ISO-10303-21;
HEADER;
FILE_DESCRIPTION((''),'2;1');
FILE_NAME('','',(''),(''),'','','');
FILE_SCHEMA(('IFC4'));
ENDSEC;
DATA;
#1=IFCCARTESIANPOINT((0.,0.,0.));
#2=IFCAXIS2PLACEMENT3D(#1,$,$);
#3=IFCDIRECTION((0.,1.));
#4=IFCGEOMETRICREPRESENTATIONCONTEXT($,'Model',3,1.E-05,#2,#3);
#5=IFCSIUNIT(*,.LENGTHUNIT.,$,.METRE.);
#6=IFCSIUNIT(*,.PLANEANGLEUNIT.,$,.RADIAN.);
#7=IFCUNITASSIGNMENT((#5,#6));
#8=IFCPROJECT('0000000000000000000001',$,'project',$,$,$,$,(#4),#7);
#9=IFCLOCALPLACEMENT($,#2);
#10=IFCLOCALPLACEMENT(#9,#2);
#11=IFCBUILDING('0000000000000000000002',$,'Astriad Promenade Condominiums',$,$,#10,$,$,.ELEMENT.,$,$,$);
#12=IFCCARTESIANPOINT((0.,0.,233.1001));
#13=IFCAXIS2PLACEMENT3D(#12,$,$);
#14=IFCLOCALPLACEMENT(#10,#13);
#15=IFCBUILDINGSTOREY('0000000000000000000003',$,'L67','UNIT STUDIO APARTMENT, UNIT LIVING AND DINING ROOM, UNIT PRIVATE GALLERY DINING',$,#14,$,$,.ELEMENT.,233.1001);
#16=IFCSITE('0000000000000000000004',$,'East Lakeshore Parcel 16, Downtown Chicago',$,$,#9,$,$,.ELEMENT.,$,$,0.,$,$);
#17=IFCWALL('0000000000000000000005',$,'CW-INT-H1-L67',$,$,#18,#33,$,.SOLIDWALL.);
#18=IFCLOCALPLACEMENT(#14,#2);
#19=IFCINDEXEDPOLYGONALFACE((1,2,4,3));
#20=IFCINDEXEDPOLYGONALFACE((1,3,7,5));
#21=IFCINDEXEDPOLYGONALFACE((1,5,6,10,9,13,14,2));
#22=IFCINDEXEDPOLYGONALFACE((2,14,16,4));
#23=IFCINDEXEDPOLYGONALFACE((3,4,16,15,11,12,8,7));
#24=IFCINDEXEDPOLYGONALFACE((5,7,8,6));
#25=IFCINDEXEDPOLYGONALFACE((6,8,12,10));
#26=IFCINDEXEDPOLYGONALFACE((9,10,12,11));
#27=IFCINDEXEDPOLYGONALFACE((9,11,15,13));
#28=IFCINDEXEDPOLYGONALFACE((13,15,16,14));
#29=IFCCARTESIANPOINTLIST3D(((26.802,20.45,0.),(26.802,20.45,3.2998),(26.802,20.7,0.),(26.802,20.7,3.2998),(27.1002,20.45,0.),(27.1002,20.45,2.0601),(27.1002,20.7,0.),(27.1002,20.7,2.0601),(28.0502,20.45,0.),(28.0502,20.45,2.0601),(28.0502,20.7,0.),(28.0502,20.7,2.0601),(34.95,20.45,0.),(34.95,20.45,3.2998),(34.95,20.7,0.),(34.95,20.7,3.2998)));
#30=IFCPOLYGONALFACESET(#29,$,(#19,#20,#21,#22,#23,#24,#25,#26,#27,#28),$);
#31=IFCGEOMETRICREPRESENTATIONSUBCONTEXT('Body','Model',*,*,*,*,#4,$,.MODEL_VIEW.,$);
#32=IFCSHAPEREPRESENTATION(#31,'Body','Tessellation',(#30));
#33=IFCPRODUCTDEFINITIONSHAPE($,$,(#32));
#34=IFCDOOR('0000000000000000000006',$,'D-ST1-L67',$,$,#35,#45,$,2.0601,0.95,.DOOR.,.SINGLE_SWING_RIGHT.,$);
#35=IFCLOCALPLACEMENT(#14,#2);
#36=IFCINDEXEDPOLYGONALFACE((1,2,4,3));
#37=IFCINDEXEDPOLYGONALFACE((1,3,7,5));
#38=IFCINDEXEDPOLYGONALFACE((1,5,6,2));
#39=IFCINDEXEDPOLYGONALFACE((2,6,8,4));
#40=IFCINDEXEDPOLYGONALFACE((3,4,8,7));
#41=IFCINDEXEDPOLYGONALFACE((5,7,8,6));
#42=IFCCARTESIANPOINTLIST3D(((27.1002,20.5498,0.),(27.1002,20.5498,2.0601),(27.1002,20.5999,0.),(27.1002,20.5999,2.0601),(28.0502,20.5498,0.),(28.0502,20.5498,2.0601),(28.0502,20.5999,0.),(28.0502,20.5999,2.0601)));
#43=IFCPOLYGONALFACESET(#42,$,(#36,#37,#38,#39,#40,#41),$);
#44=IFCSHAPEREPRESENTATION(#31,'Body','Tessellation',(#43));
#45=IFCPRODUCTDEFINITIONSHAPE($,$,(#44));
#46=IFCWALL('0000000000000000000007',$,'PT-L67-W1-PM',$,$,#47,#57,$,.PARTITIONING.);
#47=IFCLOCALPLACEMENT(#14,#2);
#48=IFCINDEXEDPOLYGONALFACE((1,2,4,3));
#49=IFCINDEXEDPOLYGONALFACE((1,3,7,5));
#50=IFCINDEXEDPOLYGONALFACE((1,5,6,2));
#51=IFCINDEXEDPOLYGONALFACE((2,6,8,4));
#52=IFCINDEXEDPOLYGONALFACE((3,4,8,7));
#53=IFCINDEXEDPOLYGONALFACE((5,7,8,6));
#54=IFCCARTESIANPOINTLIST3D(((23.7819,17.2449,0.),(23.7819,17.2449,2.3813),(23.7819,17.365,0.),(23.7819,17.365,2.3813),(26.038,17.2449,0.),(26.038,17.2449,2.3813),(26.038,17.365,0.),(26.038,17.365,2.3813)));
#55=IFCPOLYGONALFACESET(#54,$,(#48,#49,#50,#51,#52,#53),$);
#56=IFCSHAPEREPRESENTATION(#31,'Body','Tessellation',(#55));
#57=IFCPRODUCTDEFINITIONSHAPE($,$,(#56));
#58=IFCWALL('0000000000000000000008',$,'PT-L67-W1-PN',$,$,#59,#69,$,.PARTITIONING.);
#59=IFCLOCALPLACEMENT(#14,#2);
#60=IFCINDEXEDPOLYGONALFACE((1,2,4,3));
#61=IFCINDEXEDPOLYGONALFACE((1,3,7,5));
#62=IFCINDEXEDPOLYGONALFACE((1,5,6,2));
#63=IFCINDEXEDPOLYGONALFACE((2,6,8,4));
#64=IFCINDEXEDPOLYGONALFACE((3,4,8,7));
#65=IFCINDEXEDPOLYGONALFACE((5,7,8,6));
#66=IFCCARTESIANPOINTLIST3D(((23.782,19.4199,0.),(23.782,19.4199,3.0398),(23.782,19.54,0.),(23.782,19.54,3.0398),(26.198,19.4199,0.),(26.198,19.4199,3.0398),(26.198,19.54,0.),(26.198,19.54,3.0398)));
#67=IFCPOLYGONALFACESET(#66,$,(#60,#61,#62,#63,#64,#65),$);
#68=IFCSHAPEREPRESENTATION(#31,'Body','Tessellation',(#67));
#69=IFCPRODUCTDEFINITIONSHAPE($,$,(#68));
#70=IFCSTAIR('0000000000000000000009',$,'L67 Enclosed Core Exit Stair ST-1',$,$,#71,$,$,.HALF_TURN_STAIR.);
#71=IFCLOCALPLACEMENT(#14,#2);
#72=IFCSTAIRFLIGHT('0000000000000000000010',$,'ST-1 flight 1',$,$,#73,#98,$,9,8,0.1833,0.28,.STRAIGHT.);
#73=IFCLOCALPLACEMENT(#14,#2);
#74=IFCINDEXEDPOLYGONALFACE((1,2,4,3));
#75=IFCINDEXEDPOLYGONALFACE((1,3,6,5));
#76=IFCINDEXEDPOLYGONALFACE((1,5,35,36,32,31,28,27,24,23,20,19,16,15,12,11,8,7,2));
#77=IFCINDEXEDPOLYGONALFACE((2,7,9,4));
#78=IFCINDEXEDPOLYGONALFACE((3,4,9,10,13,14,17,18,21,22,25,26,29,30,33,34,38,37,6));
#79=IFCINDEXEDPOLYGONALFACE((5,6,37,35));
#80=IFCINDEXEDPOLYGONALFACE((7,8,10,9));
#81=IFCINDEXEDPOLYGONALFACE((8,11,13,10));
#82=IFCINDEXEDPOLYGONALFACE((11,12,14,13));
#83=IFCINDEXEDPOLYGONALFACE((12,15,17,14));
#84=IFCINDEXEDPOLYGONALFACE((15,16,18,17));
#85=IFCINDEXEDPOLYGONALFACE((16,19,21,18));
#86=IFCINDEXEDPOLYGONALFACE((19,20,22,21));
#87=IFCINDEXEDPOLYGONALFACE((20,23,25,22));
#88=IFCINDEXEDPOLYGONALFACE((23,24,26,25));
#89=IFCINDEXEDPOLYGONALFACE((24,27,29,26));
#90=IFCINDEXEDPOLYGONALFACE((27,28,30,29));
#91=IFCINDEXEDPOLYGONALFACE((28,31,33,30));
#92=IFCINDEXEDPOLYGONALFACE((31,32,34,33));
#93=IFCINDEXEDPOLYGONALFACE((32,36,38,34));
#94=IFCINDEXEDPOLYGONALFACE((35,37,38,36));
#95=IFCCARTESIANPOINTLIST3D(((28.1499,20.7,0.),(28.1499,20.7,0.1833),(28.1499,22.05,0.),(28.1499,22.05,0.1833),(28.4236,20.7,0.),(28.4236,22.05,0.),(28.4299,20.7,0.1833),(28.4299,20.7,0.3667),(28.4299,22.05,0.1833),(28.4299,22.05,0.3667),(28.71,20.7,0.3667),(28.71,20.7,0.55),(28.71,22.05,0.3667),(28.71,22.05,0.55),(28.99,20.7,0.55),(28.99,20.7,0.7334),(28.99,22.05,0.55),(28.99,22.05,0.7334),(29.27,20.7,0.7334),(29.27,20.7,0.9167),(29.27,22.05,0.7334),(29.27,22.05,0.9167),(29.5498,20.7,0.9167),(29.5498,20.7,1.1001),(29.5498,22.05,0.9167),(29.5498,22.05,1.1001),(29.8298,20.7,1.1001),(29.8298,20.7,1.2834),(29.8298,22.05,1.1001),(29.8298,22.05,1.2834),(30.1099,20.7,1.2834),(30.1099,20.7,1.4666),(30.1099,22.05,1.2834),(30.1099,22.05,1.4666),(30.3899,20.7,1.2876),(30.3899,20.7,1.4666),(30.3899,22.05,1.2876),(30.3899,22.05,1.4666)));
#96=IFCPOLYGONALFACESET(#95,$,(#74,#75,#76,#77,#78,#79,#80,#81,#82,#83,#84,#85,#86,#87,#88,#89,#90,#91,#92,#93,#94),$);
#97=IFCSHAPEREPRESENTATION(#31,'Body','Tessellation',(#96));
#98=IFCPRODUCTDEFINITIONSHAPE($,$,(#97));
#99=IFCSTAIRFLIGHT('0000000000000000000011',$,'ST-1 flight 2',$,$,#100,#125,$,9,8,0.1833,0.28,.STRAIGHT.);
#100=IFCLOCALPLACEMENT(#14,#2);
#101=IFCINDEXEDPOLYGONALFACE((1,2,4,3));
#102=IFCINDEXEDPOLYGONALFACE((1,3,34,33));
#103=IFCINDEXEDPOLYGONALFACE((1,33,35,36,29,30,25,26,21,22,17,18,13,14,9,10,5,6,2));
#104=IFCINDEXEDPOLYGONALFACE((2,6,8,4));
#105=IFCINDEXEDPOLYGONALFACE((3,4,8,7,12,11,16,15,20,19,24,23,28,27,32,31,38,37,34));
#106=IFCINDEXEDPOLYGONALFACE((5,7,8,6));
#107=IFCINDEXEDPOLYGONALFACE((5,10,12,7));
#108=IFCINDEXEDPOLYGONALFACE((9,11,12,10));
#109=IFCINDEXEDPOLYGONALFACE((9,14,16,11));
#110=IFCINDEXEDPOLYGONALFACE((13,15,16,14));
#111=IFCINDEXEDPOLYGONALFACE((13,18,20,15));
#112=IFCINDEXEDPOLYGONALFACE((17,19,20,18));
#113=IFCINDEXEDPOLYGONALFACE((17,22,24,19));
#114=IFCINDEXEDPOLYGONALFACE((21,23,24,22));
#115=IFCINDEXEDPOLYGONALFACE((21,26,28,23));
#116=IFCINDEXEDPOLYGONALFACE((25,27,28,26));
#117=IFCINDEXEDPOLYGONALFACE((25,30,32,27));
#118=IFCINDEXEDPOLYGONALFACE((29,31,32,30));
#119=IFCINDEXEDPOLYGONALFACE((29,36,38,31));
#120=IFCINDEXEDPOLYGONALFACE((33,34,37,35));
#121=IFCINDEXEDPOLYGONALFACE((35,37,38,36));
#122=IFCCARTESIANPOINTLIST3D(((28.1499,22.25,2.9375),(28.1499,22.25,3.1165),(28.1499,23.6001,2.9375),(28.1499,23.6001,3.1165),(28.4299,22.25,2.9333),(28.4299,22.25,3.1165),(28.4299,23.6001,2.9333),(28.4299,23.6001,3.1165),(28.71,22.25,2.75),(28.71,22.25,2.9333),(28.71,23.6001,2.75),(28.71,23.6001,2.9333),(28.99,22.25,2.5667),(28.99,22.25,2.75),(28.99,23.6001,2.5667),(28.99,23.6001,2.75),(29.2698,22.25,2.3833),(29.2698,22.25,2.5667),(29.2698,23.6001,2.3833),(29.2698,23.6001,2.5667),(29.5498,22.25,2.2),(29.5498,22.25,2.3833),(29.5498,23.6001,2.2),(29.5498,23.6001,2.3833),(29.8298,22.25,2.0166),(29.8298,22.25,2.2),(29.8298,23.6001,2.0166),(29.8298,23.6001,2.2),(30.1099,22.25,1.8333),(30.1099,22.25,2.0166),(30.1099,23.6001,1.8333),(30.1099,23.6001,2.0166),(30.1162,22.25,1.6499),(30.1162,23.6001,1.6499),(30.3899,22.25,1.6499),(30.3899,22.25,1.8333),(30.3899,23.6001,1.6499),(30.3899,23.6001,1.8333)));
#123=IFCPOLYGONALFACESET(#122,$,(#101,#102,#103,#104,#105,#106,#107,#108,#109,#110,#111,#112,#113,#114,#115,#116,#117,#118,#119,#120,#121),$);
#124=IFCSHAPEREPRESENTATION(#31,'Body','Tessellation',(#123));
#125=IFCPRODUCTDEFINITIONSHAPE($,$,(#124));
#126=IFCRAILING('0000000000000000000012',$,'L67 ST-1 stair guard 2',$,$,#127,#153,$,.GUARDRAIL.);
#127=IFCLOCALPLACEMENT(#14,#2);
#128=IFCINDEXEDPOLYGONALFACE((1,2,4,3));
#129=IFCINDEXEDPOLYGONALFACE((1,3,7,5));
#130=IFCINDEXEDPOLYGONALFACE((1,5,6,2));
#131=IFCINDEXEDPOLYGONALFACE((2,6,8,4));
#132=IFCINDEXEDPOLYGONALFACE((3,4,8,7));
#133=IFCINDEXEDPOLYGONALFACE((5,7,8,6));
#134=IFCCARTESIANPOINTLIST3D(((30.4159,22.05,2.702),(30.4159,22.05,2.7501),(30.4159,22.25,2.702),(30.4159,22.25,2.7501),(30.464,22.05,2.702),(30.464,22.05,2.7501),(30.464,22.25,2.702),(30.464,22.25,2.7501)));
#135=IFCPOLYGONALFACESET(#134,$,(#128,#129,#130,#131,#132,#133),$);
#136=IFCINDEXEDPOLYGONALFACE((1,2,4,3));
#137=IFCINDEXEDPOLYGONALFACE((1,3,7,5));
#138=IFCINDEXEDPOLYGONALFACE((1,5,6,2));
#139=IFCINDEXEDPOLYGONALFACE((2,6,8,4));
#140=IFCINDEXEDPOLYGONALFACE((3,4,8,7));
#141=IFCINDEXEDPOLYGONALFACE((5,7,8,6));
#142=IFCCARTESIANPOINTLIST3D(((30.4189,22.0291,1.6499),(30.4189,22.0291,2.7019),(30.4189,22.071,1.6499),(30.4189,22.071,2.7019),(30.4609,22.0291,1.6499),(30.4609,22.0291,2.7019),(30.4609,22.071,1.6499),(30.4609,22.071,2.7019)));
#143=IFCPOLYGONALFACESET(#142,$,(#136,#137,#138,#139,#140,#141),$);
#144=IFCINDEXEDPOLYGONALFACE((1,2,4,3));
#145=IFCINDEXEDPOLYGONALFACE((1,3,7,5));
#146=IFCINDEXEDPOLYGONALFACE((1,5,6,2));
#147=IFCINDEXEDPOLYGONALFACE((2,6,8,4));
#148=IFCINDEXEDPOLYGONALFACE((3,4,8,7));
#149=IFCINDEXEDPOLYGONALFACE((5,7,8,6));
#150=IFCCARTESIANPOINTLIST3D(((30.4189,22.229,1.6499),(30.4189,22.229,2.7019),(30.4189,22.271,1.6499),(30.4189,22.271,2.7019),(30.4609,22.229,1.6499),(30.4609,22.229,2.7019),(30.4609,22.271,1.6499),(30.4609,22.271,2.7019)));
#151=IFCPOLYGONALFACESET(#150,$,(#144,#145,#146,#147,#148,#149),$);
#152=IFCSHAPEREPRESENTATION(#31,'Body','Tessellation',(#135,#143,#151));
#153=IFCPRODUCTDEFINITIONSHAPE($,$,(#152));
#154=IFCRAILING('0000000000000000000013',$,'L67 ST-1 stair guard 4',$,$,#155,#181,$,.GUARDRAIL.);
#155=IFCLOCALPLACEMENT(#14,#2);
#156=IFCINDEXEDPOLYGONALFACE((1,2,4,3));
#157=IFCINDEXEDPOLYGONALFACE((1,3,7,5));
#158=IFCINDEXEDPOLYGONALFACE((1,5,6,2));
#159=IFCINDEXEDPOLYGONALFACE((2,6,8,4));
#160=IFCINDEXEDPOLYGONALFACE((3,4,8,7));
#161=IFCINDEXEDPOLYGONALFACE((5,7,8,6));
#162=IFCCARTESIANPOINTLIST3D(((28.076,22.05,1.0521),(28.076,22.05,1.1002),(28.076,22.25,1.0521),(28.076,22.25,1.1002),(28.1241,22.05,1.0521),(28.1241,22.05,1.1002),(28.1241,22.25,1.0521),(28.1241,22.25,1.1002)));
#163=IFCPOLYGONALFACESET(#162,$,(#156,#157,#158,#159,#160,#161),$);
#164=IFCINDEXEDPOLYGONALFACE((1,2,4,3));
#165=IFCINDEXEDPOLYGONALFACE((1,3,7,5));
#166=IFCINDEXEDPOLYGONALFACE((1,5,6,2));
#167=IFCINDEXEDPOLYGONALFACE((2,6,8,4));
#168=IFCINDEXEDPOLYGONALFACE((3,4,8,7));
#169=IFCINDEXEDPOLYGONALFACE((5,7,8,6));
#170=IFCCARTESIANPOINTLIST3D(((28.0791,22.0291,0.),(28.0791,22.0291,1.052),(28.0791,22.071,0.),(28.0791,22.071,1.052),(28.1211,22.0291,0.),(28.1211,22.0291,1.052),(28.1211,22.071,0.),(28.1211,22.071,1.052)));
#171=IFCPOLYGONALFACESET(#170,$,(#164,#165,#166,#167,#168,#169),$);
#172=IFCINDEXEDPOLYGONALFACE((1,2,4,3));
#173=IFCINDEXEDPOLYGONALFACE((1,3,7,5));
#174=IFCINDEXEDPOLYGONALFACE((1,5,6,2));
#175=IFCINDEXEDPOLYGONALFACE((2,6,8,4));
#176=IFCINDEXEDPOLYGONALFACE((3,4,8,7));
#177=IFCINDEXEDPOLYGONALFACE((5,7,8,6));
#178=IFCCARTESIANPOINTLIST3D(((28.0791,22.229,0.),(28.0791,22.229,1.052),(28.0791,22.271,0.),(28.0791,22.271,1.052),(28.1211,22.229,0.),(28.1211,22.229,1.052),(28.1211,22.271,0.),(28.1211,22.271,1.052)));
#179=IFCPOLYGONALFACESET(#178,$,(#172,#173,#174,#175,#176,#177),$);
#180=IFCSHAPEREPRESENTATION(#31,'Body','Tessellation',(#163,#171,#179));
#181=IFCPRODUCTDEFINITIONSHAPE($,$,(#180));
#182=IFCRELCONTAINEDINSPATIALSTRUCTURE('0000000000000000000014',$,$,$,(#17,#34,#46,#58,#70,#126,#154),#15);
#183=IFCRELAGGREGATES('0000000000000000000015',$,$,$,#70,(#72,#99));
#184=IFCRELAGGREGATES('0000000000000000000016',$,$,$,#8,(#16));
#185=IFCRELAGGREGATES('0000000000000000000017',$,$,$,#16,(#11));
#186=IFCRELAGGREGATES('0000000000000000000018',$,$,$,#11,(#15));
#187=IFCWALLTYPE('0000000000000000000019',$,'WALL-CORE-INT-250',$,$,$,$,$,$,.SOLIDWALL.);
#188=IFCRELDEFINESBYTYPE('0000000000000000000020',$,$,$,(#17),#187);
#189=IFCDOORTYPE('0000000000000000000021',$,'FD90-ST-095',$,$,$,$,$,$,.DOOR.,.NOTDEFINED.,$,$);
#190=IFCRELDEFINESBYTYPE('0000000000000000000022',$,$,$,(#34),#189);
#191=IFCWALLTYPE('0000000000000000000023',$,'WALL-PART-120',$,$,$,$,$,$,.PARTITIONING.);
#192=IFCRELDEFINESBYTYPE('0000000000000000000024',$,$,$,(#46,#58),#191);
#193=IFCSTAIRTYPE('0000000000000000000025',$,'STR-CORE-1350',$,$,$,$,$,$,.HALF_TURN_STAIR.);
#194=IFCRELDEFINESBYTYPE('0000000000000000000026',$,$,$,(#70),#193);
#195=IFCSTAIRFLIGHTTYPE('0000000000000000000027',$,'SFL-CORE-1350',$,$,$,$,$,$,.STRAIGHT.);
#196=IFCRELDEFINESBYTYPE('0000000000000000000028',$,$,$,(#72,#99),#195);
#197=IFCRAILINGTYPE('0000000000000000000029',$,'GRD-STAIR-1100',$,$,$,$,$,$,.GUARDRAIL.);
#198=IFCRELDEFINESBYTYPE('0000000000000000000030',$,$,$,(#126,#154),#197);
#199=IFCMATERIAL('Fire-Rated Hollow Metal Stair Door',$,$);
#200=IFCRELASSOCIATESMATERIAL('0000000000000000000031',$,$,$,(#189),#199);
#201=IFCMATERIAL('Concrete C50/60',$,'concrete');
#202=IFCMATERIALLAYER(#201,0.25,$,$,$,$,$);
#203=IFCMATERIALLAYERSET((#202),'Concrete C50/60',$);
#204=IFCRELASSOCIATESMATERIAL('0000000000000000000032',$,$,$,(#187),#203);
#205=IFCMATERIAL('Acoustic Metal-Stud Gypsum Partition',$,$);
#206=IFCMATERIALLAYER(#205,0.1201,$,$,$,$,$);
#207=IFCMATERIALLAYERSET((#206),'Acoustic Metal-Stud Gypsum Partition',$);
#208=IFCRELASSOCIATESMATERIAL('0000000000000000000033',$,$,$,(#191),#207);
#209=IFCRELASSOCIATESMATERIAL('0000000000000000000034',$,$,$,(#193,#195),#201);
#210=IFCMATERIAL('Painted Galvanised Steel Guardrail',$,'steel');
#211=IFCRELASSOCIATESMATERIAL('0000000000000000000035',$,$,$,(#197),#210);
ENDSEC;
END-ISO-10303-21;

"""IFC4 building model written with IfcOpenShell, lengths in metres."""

from ifc_helpers import new_model, si_unit, direction, frame, frame_2d, origin, origin_2d, place, context, subcontext, project, spatial, polyline, rectangle, outline, extrude, source, transform, mapped, material, layer, layer_set, type_object, type_shapes, element, fill, aggregate, save


model = new_model("IFC4")

# Units and contexts
model_context = context("Model", 3, precision=1e-05, world=origin(), true_north=direction((0.0, 1.0)))
body_context = subcontext(model_context, "Body", "Model", "MODEL_VIEW")
ifc_project = project(units=[si_unit("LENGTHUNIT", "METRE"), si_unit("PLANEANGLEUNIT", "RADIAN")], contexts=[model_context])

# Site, building, storey
site_placement = place(None, origin())
site = spatial("IfcSite", under=ifc_project, at=site_placement, Name="East Lakeshore Parcel 16, Downtown Chicago", CompositionType="ELEMENT", RefElevation=0.0)
building_placement = place(site_placement, origin())
building = spatial("IfcBuilding", under=site, at=building_placement, Name="Astriad Promenade Condominiums", CompositionType="ELEMENT")
storey_placement = place(building_placement, frame((0.0, 0.0, 233.1001)))
storey = spatial("IfcBuildingStorey", under=building, at=storey_placement, Name="L67", Description="UNIT STUDIO APARTMENT, UNIT LIVING AND DINING ROOM, UNIT PRIVATE GALLERY DINING", CompositionType="ELEMENT", Elevation=233.1001)

# Shared definitions
ifc_material_1 = material(Name="Concrete C50/60", Category="concrete")
ifc_material_2 = material(Name="Fire-Rated Hollow Metal Stair Door")
door_type_1 = type_object("IfcDoorType", Name="FD90-ST-095", OperationType="NOTDEFINED", PredefinedType="DOOR", material=ifc_material_2)
shared_shape_1 = source(origin(), body_context, "Body", "SweptSolid", [
    extrude(rectangle(XDim=0.95, YDim=2.0601, at=frame_2d((0.4751, 1.03))), frame((0.0, 0.0249, 0.0), z_axis=(0.0, -1.0, 0.0), x_axis=(1.0, 0.0, 0.0)), (0.0, 0.0, 1.0), 0.05),
])
type_shapes(door_type_1, [shared_shape_1])

# Wall, opening, door
ifc_layer_1 = layer(ifc_material_1, 0.25)
ifc_layer_set_1 = layer_set([ifc_layer_1], Name="Concrete C50/60")
wall_type_1 = type_object("IfcWallType", Name="WALL-CORE-INT-250", PredefinedType="SOLIDWALL", material=ifc_layer_set_1)
wall_1_placement = place(storey_placement, frame((26.802, 20.575, 0.0), z_axis=(0.0, 0.0, 1.0), x_axis=(1.0, 0.0, 0.0)))
wall_1 = element("IfcWall", 1, at=wall_1_placement, inside=storey, type_object=wall_type_1, Name="CW-INT-H1-L67", PredefinedType="SOLIDWALL", context=body_context, shape_type="SweptSolid", body=[
    extrude(rectangle(XDim=8.1479, YDim=0.25, at=frame_2d((4.074, 0.0))), origin(), (0.0, 0.0, 1.0), 3.2998),
])
opening_1_placement = place(wall_1_placement, frame((0.2981, 0.0, 0.0)))
opening_1 = element("IfcOpeningElement", 2, at=opening_1_placement, cuts=wall_1, PredefinedType="OPENING", context=body_context, shape_type="SweptSolid", body=[
    extrude(rectangle(XDim=0.95, YDim=2.0601, at=frame_2d((0.4751, 1.03))), frame((0.0, 0.135, 0.0), z_axis=(0.0, -1.0, 0.0), x_axis=(1.0, 0.0, 0.0)), (0.0, 0.0, 1.0), 0.27),
])
door_1_placement = place(opening_1_placement, origin())
door_1 = element("IfcDoor", 3, at=door_1_placement, inside=storey, type_object=door_type_1, Name="D-ST1-L67", OperationType="SINGLE_SWING_RIGHT", OverallHeight=2.0601, OverallWidth=0.95, PredefinedType="DOOR", context=body_context, shape_type="MappedRepresentation", body=[
    mapped(shared_shape_1, transform((0.0, 0.0, 0.0), scale=1.0)),
])
fill(opening_1, door_1)

# Walls
ifc_material_3 = material(Name="Acoustic Metal-Stud Gypsum Partition")
ifc_layer_2 = layer(ifc_material_3, 0.1201)
ifc_layer_set_2 = layer_set([ifc_layer_2], Name="Acoustic Metal-Stud Gypsum Partition")
wall_type_2 = type_object("IfcWallType", Name="WALL-PART-120", PredefinedType="PARTITIONING", material=ifc_layer_set_2)
wall_2_placement = place(storey_placement, frame((23.782, 17.3049, 0.0), z_axis=(0.0, 0.0, 1.0), x_axis=(1.0, 0.0, 0.0)))
element("IfcWall", 4, at=wall_2_placement, inside=storey, type_object=wall_type_2, Name="PT-L67-W1-PM", PredefinedType="PARTITIONING", context=body_context, shape_type="SweptSolid", body=[
    extrude(rectangle(XDim=2.2561, YDim=0.1201, at=frame_2d((1.1279, 0.0))), origin(), (0.0, 0.0, 1.0), 2.3813),
])
wall_3_placement = place(storey_placement, frame((23.782, 19.48, 0.0), z_axis=(0.0, 0.0, 1.0), x_axis=(1.0, 0.0, 0.0)))
element("IfcWall", 5, at=wall_3_placement, inside=storey, type_object=wall_type_2, Name="PT-L67-W1-PN", PredefinedType="PARTITIONING", context=body_context, shape_type="SweptSolid", body=[
    extrude(rectangle(XDim=2.416, YDim=0.1201, at=frame_2d((1.208, 0.0))), origin(), (0.0, 0.0, 1.0), 3.0398),
])

# Stair, stair flights
stair_type = type_object("IfcStairType", Name="STR-CORE-1350", PredefinedType="HALF_TURN_STAIR", material=ifc_material_1)
stair_placement = place(storey_placement, origin())
stair = element("IfcStair", 6, at=stair_placement, inside=storey, type_object=stair_type, Name="L67 Enclosed Core Exit Stair ST-1", PredefinedType="HALF_TURN_STAIR")
stair_flight_type = type_object("IfcStairFlightType", Name="SFL-CORE-1350", PredefinedType="STRAIGHT", material=ifc_material_1)
shared_shape_2 = source(origin(), body_context, "Body", "SweptSolid", [
    extrude(outline(polyline([(0.0, 0.0), (0.0, 0.1833), (0.28, 0.1833), (0.28, 0.3667), (0.5601, 0.3667), (0.5601, 0.55), (0.8401, 0.55), (0.8401, 0.7334), (1.1201, 0.7334), (1.1201, 0.9167), (1.3999, 0.9167), (1.3999, 1.1001), (1.6799, 1.1001), (1.6799, 1.2834), (1.96, 1.2834), (1.96, 1.4666), (2.24, 1.4666), (2.24, 1.6499), (2.24, 1.2876), (0.2737, 0.0), (0.0, 0.0)])), frame((0.0, 0.675, 0.0), z_axis=(0.0, -1.0, 0.0), x_axis=(1.0, 0.0, 0.0)), (0.0, 0.0, 1.0), 1.3501),
])
type_shapes(stair_flight_type, [shared_shape_2])
stair_flight_1_placement = place(storey_placement, frame((28.1499, 21.375, 0.0), z_axis=(0.0, 0.0, 1.0), x_axis=(1.0, 0.0, 0.0)))
stair_flight_1 = element("IfcStairFlight", 7, at=stair_flight_1_placement, type_object=stair_flight_type, Name="ST-1 flight 1", NumberOfRisers=9, NumberOfTreads=8, PredefinedType="STRAIGHT", RiserHeight=0.1833, TreadLength=0.28, context=body_context, shape_type="MappedRepresentation", body=[
    mapped(shared_shape_2, transform((0.0, 0.0, 0.0), scale=1.0)),
])
stair_flight_2_placement = place(storey_placement, frame((30.3899, 22.925, 1.6499), z_axis=(0.0, 0.0, 1.0), x_axis=(-1.0, 0.0, 0.0)))
stair_flight_2 = element("IfcStairFlight", 8, at=stair_flight_2_placement, type_object=stair_flight_type, Name="ST-1 flight 2", NumberOfRisers=9, NumberOfTreads=8, PredefinedType="STRAIGHT", RiserHeight=0.1833, TreadLength=0.28, context=body_context, shape_type="MappedRepresentation", body=[
    mapped(shared_shape_2, transform((0.0, 0.0, 0.0), scale=1.0)),
])
aggregate(stair, [stair_flight_1, stair_flight_2])

# Railings
ifc_material_4 = material(Name="Painted Galvanised Steel Guardrail", Category="steel")
railing_type_1 = type_object("IfcRailingType", Name="GRD-STAIR-1100", PredefinedType="GUARDRAIL", material=ifc_material_4)
shared_shape_3 = source(origin(), body_context, "Body", "SweptSolid", [
    extrude(rectangle(XDim=0.0481, YDim=0.0481, at=origin_2d()), frame((0.0, 0.0, 1.0762), z_axis=(0.0, 1.0, 0.0), x_axis=(-1.0, 0.0, 0.0)), (0.0, 0.0, 1.0), 0.2),
    extrude(rectangle(XDim=0.042, YDim=0.042, at=origin_2d()), origin(), (0.0, 0.0, 1.0), 1.052),
    extrude(rectangle(XDim=0.042, YDim=0.042, at=origin_2d()), frame((0.0, 0.2, 0.0)), (0.0, 0.0, 1.0), 1.052),
])
for number, where, name in (
    (9, (30.4399, 22.05, 1.6499), "L67 ST-1 stair guard 2"),
    (10, (28.1001, 22.05, 0.0), "L67 ST-1 stair guard 4"),
):
    element("IfcRailing", number, at=place(storey_placement, frame(where)), inside=storey, type_object=railing_type_1, Name=name, PredefinedType="GUARDRAIL", context=body_context, shape_type="MappedRepresentation", body=[
        mapped(shared_shape_3, transform((0.0, 0.0, 0.0), scale=1.0)),
    ])

save(model, "model.ifc")
